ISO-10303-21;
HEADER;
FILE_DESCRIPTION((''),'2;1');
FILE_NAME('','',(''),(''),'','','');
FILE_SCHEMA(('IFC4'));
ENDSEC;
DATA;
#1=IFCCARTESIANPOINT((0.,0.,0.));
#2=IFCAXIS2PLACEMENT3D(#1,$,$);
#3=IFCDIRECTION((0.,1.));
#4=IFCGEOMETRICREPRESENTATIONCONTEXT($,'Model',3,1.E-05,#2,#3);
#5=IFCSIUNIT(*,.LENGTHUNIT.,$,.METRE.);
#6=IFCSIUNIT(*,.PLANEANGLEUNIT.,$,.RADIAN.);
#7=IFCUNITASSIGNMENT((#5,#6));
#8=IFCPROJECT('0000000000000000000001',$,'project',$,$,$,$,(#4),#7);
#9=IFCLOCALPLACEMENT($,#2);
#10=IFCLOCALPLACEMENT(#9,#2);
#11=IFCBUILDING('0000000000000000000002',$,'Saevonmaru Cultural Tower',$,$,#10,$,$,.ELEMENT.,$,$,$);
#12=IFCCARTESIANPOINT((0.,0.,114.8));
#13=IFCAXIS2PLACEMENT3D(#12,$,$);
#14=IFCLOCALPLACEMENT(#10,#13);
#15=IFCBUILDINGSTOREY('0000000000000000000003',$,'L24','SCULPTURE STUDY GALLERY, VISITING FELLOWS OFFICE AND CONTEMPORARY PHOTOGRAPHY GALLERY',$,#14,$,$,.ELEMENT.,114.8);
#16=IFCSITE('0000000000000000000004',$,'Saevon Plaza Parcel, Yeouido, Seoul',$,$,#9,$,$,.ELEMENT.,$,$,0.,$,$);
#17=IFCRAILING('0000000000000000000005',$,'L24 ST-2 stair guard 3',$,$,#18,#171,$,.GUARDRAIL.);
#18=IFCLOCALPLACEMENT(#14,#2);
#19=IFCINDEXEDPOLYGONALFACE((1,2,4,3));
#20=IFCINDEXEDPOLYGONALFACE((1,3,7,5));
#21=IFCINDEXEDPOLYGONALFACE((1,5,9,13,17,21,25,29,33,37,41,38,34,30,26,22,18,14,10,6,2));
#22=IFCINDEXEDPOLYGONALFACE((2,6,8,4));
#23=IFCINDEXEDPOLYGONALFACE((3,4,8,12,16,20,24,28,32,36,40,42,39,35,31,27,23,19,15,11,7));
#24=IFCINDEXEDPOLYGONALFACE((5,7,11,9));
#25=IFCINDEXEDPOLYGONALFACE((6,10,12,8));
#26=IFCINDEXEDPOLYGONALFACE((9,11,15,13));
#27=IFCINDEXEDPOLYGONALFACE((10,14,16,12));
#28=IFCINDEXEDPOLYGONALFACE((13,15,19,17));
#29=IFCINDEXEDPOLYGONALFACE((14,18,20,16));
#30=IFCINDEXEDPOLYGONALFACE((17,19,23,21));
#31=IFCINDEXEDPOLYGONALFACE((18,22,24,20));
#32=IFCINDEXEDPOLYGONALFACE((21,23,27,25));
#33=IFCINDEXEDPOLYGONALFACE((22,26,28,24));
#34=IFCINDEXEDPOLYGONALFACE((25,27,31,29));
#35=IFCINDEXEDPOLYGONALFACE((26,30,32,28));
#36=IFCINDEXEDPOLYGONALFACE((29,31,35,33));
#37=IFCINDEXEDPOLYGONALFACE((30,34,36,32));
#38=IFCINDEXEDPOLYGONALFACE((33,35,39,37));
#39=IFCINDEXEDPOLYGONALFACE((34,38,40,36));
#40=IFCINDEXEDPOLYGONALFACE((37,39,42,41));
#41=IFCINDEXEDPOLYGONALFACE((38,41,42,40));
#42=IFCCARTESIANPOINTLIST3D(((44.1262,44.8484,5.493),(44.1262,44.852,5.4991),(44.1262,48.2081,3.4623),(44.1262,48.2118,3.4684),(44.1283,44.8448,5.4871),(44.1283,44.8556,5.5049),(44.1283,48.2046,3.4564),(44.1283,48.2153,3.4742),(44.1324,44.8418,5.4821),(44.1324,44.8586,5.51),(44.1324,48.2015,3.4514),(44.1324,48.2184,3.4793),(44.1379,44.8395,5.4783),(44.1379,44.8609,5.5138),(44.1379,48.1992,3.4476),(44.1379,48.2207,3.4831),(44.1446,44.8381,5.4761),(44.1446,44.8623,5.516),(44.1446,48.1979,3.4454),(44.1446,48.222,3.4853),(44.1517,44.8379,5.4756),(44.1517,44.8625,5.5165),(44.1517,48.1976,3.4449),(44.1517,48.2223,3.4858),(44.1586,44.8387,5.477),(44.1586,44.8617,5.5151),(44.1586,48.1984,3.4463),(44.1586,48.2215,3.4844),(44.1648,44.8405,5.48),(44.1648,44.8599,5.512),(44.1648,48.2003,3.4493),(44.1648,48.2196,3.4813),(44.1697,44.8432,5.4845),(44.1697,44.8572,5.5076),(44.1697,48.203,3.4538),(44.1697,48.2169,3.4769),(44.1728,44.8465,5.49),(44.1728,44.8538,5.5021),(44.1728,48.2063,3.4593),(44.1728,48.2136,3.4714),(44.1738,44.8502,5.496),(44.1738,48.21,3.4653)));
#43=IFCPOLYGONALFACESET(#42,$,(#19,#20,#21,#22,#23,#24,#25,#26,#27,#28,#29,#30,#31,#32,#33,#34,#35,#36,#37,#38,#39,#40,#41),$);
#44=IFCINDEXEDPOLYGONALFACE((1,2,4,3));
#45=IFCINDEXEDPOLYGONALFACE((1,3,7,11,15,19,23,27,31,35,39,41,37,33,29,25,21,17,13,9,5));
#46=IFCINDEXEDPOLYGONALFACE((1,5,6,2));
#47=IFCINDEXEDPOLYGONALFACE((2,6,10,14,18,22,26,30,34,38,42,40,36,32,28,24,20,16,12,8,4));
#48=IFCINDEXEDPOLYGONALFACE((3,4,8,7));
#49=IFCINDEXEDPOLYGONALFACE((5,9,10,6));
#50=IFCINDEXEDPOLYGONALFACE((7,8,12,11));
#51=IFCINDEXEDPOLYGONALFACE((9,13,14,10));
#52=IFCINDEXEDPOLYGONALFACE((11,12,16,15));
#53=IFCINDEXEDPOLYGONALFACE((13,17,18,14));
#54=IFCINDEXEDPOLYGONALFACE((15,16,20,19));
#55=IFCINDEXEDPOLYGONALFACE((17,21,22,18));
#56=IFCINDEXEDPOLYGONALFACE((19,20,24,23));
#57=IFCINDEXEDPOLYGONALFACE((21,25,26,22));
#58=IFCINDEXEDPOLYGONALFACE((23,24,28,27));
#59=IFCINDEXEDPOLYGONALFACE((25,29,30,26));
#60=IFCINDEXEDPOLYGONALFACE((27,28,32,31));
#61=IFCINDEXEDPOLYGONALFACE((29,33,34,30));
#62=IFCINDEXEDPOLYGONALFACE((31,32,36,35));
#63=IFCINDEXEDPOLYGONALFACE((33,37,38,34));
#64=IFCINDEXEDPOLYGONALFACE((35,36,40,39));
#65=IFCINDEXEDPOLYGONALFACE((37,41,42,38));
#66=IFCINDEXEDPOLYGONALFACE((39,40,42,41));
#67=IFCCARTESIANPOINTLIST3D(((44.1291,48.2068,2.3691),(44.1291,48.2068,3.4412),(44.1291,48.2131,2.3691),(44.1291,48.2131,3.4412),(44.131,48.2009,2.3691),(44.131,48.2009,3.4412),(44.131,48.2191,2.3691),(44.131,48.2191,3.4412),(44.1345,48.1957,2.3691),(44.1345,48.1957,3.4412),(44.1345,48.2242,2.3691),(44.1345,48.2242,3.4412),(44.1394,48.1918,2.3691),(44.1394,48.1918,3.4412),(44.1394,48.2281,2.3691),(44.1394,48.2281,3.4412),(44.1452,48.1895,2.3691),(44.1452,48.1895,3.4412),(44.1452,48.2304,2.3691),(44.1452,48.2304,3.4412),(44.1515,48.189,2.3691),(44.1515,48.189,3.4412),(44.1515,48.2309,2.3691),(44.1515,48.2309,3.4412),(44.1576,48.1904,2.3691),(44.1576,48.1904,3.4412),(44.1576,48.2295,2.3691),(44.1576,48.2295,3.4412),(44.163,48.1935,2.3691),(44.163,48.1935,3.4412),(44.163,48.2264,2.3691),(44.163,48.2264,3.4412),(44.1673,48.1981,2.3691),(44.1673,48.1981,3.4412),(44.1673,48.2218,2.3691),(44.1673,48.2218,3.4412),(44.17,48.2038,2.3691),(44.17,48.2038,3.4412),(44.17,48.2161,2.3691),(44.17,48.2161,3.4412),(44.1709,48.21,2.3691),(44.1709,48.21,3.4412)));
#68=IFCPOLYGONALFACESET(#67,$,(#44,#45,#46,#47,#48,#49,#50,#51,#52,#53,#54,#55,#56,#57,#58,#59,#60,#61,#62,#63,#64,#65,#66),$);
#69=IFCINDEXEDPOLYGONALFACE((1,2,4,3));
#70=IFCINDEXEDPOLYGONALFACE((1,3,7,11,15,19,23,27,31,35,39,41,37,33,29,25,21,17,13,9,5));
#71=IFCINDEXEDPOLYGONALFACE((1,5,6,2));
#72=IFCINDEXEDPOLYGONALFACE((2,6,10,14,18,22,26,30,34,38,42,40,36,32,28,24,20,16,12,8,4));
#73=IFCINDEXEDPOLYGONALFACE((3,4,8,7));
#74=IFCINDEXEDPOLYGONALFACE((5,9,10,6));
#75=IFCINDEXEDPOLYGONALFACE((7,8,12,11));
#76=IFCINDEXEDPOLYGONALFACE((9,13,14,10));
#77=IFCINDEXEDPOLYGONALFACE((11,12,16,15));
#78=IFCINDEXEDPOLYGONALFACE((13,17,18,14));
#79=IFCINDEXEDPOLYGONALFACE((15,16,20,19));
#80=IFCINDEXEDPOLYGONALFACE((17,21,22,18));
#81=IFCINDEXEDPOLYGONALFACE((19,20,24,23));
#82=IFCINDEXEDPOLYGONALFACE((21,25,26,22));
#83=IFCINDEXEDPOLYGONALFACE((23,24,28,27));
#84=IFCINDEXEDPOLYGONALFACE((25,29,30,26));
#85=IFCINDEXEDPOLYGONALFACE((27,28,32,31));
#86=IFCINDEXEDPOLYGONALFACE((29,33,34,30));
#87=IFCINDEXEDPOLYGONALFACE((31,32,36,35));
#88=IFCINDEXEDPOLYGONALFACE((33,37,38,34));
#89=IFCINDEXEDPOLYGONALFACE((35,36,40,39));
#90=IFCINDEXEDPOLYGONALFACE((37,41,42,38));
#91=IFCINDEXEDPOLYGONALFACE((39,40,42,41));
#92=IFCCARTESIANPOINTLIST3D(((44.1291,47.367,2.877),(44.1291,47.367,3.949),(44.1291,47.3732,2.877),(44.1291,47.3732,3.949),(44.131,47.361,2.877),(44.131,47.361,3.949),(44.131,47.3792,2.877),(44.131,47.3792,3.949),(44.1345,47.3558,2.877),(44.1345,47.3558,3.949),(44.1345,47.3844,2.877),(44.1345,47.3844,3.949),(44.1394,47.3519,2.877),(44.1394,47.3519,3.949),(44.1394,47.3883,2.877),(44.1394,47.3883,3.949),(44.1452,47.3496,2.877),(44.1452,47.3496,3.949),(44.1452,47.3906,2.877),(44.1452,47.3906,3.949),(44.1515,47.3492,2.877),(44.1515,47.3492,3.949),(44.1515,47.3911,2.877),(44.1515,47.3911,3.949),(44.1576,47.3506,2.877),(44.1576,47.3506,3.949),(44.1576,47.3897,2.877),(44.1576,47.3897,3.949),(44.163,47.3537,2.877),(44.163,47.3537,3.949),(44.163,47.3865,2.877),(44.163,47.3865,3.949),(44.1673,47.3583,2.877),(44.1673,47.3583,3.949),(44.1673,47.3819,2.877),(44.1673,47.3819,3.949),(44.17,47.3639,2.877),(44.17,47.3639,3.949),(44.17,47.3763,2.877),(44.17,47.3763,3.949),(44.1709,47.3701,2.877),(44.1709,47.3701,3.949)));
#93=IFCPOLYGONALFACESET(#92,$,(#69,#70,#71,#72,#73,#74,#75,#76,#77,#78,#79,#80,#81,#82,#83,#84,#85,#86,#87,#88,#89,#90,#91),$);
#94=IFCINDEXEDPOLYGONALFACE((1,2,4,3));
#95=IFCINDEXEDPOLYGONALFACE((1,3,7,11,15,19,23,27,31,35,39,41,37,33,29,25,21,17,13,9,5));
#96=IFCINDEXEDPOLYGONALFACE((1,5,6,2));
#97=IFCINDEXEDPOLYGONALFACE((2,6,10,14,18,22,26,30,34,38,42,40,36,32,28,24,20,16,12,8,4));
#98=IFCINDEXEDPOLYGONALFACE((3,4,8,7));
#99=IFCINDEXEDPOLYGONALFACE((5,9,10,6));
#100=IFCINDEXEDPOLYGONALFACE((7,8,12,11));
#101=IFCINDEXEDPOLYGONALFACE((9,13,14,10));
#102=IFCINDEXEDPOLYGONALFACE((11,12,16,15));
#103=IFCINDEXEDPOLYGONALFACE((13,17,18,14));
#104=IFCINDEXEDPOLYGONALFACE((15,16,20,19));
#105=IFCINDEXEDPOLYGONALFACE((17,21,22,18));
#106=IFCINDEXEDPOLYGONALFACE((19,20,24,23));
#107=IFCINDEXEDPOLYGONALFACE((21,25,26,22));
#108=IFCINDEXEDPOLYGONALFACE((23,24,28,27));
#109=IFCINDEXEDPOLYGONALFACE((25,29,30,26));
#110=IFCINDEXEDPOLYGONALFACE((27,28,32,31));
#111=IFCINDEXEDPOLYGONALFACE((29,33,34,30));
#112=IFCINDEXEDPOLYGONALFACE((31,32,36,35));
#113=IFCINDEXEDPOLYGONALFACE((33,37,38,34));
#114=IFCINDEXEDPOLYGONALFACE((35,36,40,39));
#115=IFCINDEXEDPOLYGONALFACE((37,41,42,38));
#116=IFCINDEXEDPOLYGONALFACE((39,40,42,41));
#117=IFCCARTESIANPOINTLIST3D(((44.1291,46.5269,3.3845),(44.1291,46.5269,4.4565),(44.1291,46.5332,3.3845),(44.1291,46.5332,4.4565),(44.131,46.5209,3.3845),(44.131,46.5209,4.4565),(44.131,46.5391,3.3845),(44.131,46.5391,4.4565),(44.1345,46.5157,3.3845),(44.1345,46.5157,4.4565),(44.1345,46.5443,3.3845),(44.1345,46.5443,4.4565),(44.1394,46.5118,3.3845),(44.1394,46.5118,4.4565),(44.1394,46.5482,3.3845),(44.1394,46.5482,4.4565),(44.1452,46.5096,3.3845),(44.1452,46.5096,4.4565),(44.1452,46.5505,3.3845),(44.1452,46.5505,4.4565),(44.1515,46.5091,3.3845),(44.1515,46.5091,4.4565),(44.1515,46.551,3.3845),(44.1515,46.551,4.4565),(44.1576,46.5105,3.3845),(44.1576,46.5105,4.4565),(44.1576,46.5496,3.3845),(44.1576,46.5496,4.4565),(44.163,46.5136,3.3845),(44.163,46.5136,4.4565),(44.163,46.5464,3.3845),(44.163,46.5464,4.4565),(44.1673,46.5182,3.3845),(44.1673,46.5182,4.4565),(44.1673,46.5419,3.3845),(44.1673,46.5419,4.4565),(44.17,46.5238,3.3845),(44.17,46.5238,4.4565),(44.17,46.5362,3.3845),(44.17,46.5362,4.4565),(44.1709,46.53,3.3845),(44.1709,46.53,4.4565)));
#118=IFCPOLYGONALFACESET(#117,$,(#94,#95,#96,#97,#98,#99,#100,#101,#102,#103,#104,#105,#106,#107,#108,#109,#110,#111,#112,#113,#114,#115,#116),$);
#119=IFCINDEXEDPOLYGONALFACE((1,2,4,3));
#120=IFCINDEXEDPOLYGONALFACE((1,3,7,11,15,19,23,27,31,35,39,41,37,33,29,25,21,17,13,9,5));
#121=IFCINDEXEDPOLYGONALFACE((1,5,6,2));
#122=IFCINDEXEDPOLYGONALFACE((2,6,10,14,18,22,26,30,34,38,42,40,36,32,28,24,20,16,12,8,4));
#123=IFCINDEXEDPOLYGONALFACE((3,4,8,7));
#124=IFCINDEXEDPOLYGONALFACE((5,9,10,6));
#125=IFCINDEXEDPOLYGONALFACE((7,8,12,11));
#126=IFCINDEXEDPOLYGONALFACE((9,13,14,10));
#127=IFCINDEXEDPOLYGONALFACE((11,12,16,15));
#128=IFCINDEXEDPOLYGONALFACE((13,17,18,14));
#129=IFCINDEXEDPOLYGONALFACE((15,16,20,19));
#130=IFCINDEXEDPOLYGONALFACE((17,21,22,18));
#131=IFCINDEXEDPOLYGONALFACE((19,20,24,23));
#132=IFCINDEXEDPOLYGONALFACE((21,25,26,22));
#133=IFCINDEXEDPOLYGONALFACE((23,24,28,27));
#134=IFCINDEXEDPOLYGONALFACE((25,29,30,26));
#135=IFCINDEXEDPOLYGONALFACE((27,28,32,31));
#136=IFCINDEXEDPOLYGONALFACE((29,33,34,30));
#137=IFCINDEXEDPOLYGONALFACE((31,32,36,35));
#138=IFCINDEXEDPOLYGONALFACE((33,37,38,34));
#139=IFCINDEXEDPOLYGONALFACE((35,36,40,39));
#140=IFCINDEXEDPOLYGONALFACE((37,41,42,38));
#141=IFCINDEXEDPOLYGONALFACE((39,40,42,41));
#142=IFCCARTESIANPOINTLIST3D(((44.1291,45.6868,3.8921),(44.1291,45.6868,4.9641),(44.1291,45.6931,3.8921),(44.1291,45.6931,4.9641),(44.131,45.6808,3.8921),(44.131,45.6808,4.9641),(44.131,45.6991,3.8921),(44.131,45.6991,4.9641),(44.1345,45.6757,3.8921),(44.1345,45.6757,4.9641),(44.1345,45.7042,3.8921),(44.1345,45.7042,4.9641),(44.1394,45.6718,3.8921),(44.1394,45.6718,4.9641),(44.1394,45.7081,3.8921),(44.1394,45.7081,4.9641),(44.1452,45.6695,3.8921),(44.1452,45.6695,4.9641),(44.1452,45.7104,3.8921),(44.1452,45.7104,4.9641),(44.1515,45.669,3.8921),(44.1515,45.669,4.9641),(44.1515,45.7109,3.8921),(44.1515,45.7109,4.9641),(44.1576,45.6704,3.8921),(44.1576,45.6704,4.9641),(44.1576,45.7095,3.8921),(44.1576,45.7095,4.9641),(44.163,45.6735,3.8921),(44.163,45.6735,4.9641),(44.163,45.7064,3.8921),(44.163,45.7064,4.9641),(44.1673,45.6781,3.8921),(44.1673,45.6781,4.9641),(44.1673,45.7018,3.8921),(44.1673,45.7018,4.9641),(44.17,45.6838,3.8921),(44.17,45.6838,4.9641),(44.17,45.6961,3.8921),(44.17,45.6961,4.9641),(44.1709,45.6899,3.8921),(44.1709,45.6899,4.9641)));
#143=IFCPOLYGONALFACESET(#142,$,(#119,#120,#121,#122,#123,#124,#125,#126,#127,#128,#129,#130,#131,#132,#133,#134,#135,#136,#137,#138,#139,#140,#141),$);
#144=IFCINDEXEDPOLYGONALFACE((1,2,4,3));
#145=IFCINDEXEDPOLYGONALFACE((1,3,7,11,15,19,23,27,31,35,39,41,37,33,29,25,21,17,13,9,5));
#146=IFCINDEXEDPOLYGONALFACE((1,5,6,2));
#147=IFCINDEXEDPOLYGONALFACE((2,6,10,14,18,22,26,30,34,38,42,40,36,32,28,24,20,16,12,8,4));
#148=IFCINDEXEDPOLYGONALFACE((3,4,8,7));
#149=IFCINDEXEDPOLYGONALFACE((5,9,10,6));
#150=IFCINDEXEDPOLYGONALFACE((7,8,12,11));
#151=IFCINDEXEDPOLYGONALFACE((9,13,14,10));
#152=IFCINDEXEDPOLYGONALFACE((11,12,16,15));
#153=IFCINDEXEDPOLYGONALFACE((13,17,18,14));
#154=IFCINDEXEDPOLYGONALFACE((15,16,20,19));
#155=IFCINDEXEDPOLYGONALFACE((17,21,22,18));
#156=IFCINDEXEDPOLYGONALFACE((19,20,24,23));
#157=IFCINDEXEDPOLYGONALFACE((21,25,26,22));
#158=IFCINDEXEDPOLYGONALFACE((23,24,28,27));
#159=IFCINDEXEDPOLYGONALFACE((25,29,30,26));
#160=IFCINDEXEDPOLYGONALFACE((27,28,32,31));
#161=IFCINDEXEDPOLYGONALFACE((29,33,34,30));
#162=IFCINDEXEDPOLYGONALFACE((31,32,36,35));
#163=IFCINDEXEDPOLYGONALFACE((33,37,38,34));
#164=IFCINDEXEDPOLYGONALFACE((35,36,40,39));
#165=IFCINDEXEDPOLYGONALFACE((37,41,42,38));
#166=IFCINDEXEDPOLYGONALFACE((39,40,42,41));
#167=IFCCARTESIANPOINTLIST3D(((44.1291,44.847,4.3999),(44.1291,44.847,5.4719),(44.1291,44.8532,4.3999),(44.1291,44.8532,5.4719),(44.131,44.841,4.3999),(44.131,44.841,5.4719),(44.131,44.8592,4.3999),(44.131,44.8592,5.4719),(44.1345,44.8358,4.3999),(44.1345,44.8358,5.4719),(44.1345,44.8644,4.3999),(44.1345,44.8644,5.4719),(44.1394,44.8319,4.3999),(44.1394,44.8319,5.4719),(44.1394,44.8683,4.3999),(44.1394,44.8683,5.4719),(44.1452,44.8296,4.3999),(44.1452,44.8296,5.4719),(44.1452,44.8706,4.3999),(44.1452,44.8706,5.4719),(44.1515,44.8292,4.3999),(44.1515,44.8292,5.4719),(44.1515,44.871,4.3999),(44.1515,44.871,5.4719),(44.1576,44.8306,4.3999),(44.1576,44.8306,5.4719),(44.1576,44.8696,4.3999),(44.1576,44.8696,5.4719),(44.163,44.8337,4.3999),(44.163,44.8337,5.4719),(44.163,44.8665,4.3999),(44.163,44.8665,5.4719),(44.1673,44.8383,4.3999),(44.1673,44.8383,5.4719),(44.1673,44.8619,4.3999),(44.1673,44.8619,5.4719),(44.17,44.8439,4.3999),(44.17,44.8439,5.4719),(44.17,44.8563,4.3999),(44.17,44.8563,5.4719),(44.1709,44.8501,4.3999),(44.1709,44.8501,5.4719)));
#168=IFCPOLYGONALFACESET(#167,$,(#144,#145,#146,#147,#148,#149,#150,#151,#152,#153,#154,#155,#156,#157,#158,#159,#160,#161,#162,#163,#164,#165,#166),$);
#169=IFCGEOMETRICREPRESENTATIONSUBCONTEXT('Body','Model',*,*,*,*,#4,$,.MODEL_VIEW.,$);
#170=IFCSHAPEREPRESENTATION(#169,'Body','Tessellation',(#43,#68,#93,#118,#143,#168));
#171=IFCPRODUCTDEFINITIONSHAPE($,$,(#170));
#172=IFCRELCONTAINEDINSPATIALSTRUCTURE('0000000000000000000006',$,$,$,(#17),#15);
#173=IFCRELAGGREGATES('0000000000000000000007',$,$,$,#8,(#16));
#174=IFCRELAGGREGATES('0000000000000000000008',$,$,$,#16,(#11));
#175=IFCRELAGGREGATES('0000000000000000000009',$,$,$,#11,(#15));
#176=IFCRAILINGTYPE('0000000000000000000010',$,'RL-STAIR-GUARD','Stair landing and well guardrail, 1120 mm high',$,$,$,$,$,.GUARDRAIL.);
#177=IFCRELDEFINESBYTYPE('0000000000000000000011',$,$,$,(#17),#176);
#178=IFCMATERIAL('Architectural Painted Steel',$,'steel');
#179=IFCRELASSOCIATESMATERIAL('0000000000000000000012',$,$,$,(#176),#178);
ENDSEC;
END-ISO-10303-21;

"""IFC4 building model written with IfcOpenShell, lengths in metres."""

from ifc_helpers import new_model, si_unit, direction, frame, origin, origin_2d, place, context, subcontext, project, spatial, circle, extrude, material, type_object, element, save


model = new_model("IFC4")

# Units and contexts
model_context = context("Model", 3, precision=1e-05, world=origin(), true_north=direction((0.0, 1.0)))
body_context = subcontext(model_context, "Body", "Model", "MODEL_VIEW")
ifc_project = project(units=[si_unit("LENGTHUNIT", "METRE"), si_unit("PLANEANGLEUNIT", "RADIAN")], contexts=[model_context])

# Site, building, storey
site_placement = place(None, origin())
site = spatial("IfcSite", under=ifc_project, at=site_placement, Name="Saevon Plaza Parcel, Yeouido, Seoul", CompositionType="ELEMENT", RefElevation=0.0)
building_placement = place(site_placement, origin())
building = spatial("IfcBuilding", under=site, at=building_placement, Name="Saevonmaru Cultural Tower", CompositionType="ELEMENT")
storey_placement = place(building_placement, frame((0.0, 0.0, 114.8)))
storey = spatial("IfcBuildingStorey", under=building, at=storey_placement, Name="L24", Description="SCULPTURE STUDY GALLERY, VISITING FELLOWS OFFICE AND CONTEMPORARY PHOTOGRAPHY GALLERY", CompositionType="ELEMENT", Elevation=114.8)

# Railing
ifc_material_1 = material(Name="Architectural Painted Steel", Category="steel")
railing_type_1 = type_object("IfcRailingType", Name="RL-STAIR-GUARD", Description="Stair landing and well guardrail, 1120 mm high", PredefinedType="GUARDRAIL", material=ifc_material_1)
railing_1_placement = place(storey_placement, frame((44.1499, 48.21, 2.3691)))
element("IfcRailing", 1, at=railing_1_placement, inside=storey, type_object=railing_type_1, Name="L24 ST-2 stair guard 3", PredefinedType="GUARDRAIL", context=body_context, shape_type="SweptSolid", body=[
    extrude(circle(Radius=0.0239, at=origin_2d()), frame((0.0, 0.0, 1.0962), z_axis=(0.0, -0.85582, 0.517273), x_axis=(1.0, 0.0, 0.0)), (0.0, 0.0, 1.0), 3.9258),
    extrude(circle(Radius=0.021, at=origin_2d()), origin(), (0.0, 0.0, 1.0), 1.072),
    extrude(circle(Radius=0.021, at=origin_2d()), frame((0.0, -0.8398, 0.5078)), (0.0, 0.0, 1.0), 1.072),
    extrude(circle(Radius=0.021, at=origin_2d()), frame((0.0, -1.6799, 1.0154)), (0.0, 0.0, 1.0), 1.072),
    extrude(circle(Radius=0.021, at=origin_2d()), frame((0.0, -2.52, 1.5229)), (0.0, 0.0, 1.0), 1.072),
    extrude(circle(Radius=0.021, at=origin_2d()), frame((0.0, -3.3599, 2.0308)), (0.0, 0.0, 1.0), 1.072),
])

save(model, "model.ifc")
